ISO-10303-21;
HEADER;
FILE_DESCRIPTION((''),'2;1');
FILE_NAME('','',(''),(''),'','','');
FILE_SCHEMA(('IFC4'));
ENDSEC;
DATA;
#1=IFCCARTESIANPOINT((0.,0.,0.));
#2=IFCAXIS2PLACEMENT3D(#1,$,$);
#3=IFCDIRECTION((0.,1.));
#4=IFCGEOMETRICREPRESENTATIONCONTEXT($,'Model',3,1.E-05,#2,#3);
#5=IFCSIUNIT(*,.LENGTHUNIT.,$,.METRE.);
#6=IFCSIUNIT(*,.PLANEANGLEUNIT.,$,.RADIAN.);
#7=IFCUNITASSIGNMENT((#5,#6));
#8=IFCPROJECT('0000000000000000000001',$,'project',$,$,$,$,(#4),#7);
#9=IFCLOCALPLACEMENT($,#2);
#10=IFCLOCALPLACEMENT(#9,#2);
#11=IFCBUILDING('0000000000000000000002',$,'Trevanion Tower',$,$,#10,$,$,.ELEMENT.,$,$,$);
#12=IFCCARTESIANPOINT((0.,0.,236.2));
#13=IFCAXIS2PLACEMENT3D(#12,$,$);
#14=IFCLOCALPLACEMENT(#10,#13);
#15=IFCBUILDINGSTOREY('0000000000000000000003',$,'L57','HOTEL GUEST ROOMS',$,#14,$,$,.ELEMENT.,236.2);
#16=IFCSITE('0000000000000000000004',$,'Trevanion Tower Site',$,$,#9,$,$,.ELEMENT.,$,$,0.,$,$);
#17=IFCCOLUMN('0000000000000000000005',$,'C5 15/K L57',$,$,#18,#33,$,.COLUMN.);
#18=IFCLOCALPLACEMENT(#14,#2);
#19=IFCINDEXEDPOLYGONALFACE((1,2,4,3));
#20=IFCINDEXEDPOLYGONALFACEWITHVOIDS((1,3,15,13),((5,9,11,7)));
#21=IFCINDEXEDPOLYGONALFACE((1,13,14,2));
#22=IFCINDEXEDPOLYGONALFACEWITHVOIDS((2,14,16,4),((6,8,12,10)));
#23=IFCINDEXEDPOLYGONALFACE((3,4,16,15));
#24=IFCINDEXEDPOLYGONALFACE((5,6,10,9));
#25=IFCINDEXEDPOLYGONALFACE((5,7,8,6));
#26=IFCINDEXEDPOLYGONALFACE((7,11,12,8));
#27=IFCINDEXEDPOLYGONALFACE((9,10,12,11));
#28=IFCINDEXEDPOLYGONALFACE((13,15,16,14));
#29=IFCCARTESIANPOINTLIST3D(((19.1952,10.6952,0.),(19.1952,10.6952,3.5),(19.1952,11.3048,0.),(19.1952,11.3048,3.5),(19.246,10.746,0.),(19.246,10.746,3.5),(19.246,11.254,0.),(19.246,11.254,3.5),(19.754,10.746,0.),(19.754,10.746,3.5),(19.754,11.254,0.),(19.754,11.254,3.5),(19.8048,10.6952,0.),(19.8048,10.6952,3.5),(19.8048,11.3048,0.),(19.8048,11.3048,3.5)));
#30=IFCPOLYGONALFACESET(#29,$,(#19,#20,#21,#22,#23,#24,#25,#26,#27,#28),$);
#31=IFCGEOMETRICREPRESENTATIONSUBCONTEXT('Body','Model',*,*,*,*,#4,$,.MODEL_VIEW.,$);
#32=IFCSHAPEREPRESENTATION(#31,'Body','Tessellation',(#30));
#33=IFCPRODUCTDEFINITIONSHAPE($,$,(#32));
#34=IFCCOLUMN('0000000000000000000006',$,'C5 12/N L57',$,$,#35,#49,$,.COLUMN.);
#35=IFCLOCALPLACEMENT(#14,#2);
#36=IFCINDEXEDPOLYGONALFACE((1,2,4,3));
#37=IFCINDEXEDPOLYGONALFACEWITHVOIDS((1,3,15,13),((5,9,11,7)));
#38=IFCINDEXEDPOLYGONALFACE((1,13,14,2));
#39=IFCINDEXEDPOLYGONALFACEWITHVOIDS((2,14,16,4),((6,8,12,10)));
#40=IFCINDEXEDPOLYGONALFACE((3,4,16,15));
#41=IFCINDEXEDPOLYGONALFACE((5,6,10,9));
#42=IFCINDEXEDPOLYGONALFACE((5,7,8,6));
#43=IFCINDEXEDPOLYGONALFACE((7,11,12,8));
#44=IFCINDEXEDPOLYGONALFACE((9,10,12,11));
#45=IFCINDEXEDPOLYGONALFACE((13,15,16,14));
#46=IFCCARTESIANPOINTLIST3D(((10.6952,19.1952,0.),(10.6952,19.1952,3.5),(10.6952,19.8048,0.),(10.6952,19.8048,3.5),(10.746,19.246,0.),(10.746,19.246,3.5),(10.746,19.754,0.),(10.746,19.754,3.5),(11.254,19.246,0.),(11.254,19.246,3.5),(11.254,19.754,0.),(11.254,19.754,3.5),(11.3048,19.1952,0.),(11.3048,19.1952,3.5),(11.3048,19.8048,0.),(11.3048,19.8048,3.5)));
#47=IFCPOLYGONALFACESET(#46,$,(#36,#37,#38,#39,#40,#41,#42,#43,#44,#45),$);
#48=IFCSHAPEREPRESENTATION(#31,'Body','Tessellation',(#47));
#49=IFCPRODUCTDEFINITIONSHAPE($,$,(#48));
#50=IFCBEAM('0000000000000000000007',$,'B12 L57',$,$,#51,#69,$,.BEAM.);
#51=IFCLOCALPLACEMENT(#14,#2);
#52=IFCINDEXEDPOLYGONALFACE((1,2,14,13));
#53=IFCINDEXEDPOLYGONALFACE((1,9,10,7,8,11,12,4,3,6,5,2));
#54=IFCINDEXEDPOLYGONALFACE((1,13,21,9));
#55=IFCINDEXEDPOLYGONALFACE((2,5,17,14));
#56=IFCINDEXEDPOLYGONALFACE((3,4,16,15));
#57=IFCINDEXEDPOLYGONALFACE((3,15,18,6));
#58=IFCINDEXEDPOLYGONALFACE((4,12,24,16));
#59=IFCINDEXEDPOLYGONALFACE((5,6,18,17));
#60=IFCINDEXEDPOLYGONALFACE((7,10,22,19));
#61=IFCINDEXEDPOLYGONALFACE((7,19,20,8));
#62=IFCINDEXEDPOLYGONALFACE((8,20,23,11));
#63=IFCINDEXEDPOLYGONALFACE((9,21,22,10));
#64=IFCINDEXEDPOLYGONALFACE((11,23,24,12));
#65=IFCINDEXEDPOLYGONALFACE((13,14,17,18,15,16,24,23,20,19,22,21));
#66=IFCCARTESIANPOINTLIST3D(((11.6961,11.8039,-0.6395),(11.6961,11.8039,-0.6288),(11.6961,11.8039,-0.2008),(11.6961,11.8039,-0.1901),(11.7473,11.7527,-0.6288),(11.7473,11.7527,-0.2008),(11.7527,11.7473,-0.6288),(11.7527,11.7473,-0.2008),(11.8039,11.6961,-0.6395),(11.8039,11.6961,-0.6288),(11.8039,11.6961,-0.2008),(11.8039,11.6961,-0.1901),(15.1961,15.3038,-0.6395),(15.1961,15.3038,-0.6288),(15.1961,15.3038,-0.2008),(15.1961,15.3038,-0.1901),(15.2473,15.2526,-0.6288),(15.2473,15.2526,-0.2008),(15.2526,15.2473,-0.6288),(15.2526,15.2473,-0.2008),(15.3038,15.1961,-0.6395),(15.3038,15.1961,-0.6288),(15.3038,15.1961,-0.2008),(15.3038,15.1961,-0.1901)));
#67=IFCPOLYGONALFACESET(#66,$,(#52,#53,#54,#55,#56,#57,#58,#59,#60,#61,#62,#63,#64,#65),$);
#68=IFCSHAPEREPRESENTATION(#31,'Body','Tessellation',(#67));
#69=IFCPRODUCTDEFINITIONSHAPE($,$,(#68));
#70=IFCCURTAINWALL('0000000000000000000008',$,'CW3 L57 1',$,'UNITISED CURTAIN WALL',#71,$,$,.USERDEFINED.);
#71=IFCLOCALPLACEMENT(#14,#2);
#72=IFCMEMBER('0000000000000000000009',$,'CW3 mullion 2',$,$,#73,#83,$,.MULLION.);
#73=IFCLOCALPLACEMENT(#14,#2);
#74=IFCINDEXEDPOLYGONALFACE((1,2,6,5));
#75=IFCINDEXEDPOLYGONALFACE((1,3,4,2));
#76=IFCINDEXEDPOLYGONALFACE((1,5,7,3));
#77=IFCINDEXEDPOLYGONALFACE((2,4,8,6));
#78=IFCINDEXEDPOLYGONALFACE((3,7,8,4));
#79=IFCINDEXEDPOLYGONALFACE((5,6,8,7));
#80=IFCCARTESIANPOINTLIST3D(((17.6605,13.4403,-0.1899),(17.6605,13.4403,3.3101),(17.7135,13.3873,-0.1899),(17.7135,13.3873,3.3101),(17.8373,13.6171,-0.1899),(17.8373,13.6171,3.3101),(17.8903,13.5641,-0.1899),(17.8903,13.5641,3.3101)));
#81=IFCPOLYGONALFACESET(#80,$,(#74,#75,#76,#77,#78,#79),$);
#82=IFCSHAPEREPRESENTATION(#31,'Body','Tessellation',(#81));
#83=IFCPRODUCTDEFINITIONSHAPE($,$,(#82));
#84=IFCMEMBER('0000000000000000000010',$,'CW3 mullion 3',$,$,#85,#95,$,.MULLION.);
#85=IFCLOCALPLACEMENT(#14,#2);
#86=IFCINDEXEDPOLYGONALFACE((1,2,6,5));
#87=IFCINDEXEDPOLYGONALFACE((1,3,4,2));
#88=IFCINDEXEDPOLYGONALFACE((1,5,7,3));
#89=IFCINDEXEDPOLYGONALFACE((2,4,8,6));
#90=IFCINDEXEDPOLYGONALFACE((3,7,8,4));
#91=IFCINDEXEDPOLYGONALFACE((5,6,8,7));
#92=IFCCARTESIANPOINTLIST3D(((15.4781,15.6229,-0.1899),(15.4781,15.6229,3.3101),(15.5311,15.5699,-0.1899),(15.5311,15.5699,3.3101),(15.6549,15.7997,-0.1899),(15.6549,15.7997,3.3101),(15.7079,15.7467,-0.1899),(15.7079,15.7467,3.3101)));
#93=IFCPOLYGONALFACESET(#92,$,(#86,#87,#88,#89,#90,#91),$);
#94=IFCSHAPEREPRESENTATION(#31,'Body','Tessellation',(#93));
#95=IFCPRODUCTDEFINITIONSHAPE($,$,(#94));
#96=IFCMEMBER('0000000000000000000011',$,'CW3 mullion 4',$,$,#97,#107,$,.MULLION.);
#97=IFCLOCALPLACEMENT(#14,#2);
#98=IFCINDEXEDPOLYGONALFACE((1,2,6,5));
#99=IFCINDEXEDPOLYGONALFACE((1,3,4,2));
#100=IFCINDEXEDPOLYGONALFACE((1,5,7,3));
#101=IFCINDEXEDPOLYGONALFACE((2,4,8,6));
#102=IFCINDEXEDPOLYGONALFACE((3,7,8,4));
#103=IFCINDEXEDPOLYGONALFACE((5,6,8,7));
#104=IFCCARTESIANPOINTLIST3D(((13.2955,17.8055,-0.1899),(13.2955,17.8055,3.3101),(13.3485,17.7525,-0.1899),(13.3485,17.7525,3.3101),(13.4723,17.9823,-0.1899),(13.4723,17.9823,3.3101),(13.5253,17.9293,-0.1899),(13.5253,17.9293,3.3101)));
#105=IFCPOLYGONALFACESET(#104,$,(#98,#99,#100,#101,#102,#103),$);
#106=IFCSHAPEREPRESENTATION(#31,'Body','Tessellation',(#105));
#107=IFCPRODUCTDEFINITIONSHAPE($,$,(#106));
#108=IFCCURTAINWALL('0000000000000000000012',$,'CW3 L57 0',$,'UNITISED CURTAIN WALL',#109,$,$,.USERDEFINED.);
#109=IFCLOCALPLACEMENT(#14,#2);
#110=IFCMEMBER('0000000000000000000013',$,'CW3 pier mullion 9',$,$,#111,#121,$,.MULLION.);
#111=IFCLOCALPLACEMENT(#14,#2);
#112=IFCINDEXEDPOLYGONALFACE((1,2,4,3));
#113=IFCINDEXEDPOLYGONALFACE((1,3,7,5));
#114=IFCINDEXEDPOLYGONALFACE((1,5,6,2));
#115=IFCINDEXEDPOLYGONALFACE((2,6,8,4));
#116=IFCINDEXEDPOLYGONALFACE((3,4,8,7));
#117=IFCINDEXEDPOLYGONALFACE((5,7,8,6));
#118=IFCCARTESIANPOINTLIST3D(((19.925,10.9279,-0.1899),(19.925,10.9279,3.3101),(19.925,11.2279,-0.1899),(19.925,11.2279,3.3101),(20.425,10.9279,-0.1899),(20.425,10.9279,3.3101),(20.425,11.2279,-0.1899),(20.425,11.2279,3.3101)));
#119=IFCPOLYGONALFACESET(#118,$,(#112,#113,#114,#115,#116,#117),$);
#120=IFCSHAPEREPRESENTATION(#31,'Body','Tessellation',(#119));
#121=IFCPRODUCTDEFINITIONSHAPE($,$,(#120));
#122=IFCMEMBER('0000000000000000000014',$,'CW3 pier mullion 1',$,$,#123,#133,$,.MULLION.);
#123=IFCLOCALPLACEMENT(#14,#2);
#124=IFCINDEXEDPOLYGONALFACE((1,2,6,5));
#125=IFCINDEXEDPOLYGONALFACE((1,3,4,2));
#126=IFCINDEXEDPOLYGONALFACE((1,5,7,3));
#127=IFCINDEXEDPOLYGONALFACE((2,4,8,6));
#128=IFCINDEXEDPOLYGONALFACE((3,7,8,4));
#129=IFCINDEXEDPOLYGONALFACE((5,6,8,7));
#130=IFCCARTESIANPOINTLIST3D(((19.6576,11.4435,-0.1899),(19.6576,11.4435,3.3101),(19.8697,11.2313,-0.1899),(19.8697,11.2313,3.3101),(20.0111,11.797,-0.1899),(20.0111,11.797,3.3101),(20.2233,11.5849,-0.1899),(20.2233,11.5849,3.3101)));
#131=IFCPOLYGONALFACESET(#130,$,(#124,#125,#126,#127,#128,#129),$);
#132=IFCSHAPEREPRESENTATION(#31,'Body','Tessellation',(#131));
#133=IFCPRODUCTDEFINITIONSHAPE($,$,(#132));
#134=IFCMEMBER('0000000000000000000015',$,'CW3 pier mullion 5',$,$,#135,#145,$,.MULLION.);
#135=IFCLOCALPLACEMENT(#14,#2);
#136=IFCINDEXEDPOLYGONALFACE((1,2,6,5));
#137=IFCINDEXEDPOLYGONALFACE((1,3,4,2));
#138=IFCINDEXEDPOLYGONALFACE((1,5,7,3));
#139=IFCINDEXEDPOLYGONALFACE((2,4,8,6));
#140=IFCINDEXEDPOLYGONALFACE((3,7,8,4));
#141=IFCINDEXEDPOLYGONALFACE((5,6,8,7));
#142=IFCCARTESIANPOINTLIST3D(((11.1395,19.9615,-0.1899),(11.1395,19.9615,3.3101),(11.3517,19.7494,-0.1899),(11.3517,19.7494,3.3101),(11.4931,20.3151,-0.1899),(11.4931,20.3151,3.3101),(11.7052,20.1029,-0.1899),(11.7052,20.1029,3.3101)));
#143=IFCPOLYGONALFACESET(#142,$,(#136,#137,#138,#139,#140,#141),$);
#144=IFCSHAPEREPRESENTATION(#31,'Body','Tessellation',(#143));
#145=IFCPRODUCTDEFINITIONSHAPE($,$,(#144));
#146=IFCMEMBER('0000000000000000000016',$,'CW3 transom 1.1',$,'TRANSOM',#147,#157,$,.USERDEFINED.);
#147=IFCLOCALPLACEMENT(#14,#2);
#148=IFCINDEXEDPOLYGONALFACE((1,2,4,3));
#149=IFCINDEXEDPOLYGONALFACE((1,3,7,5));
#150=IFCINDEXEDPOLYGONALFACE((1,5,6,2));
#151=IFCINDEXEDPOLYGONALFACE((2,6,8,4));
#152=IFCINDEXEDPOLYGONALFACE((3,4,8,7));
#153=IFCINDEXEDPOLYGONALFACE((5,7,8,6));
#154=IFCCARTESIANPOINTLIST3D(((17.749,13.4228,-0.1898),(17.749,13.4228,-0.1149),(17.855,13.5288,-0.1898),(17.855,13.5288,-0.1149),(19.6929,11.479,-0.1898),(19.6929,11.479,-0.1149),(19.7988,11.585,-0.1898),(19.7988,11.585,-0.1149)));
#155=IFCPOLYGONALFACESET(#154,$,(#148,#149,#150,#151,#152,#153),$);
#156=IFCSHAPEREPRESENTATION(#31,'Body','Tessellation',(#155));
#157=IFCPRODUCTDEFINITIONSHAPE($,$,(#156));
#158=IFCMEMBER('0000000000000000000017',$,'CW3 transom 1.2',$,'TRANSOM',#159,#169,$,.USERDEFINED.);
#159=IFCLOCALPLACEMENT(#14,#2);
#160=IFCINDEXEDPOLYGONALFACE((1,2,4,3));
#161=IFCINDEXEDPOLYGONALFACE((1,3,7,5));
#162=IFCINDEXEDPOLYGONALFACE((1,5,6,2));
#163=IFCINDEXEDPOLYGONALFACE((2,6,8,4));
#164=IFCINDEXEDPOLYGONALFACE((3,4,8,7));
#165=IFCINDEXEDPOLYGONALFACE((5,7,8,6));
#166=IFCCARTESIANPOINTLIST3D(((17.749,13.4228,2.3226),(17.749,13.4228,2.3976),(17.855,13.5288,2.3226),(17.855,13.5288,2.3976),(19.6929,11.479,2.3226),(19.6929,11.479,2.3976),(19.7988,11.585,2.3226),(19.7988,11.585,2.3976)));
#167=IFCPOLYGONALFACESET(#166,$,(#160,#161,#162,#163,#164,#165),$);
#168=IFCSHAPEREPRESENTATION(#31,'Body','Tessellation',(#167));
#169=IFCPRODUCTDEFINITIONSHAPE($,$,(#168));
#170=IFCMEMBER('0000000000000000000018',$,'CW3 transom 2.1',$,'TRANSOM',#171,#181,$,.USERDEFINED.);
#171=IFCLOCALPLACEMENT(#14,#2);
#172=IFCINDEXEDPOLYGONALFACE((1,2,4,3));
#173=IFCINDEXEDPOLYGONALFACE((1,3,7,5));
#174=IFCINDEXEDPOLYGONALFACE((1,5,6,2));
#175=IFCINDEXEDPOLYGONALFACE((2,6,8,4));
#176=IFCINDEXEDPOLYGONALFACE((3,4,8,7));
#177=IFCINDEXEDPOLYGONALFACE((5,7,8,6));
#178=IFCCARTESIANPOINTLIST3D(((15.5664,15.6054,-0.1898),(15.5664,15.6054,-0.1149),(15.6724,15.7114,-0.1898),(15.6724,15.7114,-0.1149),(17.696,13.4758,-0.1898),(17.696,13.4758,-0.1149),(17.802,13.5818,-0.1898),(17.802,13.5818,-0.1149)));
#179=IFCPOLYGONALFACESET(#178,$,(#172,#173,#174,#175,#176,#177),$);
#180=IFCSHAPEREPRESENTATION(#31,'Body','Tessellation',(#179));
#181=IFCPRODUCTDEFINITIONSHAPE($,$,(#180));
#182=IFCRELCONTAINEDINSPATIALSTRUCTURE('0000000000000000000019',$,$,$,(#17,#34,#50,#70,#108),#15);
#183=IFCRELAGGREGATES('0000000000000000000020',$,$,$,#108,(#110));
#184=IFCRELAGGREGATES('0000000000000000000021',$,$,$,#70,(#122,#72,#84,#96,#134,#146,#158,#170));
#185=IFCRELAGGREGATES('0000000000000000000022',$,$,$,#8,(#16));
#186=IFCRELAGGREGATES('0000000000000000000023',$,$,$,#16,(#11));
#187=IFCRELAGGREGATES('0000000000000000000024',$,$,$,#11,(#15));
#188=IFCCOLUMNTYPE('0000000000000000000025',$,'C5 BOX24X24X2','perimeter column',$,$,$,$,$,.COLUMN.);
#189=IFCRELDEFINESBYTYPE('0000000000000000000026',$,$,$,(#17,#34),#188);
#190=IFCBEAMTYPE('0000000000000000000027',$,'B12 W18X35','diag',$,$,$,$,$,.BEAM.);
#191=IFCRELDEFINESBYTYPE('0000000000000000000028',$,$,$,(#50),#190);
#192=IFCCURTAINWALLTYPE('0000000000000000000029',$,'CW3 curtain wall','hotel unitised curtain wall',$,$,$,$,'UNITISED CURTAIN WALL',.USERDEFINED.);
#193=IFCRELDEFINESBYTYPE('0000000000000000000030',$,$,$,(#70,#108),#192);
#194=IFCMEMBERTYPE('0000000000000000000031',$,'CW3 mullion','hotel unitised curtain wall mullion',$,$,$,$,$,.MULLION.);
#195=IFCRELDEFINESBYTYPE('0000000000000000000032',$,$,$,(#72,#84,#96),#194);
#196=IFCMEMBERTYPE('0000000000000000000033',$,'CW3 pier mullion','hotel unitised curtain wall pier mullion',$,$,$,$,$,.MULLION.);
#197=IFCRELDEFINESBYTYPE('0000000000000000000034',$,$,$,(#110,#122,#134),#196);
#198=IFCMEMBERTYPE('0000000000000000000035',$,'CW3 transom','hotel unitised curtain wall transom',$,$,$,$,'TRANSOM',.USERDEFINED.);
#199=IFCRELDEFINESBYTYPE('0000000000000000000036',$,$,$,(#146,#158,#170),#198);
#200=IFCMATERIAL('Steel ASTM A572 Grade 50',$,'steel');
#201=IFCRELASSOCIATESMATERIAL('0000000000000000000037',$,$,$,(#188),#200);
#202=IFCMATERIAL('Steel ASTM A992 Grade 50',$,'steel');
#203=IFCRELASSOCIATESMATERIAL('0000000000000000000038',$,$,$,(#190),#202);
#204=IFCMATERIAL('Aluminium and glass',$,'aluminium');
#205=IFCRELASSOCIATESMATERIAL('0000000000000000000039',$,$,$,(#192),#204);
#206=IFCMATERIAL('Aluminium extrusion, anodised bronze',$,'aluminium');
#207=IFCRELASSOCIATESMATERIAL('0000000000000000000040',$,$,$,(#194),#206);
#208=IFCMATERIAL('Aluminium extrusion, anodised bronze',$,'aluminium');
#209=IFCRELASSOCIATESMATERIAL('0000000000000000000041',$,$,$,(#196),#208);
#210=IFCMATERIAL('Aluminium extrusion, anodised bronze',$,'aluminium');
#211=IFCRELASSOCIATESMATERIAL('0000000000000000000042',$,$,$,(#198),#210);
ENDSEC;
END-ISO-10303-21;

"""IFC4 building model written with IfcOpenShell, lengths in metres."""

from ifc_helpers import new_model, si_unit, direction, frame, origin, origin_2d, place, context, subcontext, project, spatial, rectangle, hollow_rectangle, i_section, extrude, material, material_profile, profile_set, type_object, element, aggregate, save


model = new_model("IFC4")

# Units and contexts
model_context = context("Model", 3, precision=1e-05, world=origin(), true_north=direction((0.0, 1.0)))
body_context = subcontext(model_context, "Body", "Model", "MODEL_VIEW")
ifc_project = project(units=[si_unit("LENGTHUNIT", "METRE"), si_unit("PLANEANGLEUNIT", "RADIAN")], contexts=[model_context])

# Site, building, storey
site_placement = place(None, origin())
site = spatial("IfcSite", under=ifc_project, at=site_placement, Name="Trevanion Tower Site", CompositionType="ELEMENT", RefElevation=0.0)
building_placement = place(site_placement, origin())
building = spatial("IfcBuilding", under=site, at=building_placement, Name="Trevanion Tower", CompositionType="ELEMENT")
storey_placement = place(building_placement, frame((0.0, 0.0, 236.2)))
storey = spatial("IfcBuildingStorey", under=building, at=storey_placement, Name="L57", Description="HOTEL GUEST ROOMS", CompositionType="ELEMENT", Elevation=236.2)

# Columns
ifc_material_1 = material(Name="Steel ASTM A572 Grade 50", Category="steel")
ifc_material_profile_1 = material_profile(ifc_material_1, hollow_rectangle(XDim=0.6096, YDim=0.6096, WallThickness=0.0508, at=origin_2d()), Name="BOX24X24X2")
ifc_profile_set_1 = profile_set([ifc_material_profile_1], Name="Steel ASTM A572 Grade 50")
column_type = type_object("IfcColumnType", Name="C5 BOX24X24X2", Description="perimeter column", PredefinedType="COLUMN", material=ifc_profile_set_1)
for number, where, z_axis, x_axis, name in (
    (1, (19.5, 11.0, 0.0), (0.0, 0.0, 1.0), (0.0, 1.0, 0.0), "C5 15/K L57"),
    (2, (11.0, 19.5, 0.0), (0.0, 0.0, 1.0), (1.0, 0.0, 0.0), "C5 12/N L57"),
):
    element("IfcColumn", number, at=place(storey_placement, frame(where, z_axis=z_axis, x_axis=x_axis)), inside=storey, type_object=column_type, Name=name, PredefinedType="COLUMN", context=body_context, shape_type="SweptSolid", body=[
        extrude(hollow_rectangle(XDim=0.6096, YDim=0.6096, WallThickness=0.0508, at=origin_2d()), origin(), (0.0, 0.0, 1.0), 3.5),
    ])

# Beam
ifc_material_2 = material(Name="Steel ASTM A992 Grade 50", Category="steel")
ifc_material_profile_2 = material_profile(ifc_material_2, i_section(OverallWidth=0.1523, OverallDepth=0.4495, WebThickness=0.0076, FlangeThickness=0.0107, at=origin_2d()), Name="W18X35")
ifc_profile_set_2 = profile_set([ifc_material_profile_2], Name="Steel ASTM A992 Grade 50")
beam_type_1 = type_object("IfcBeamType", Name="B12 W18X35", Description="diag", PredefinedType="BEAM", material=ifc_profile_set_2)
beam_1_placement = place(storey_placement, frame((11.75, 11.75, -0.4148), z_axis=(0.707107, 0.707107, 0.0), x_axis=(-0.707107, 0.707107, 0.0)))
element("IfcBeam", 3, at=beam_1_placement, inside=storey, type_object=beam_type_1, Name="B12 L57", PredefinedType="BEAM", context=body_context, shape_type="SweptSolid", body=[
    extrude(i_section(OverallWidth=0.1523, OverallDepth=0.4495, WebThickness=0.0076, FlangeThickness=0.0107, at=origin_2d()), origin(), (0.0, 0.0, 1.0), 4.9497),
])

# Curtain wall, members
ifc_material_3 = material(Name="Aluminium and glass", Category="aluminium")
curtain_wall_type = type_object("IfcCurtainWallType", Name="CW3 curtain wall", Description="hotel unitised curtain wall", ElementType="UNITISED CURTAIN WALL", PredefinedType="USERDEFINED", material=ifc_material_3)
curtain_wall_1_placement = place(storey_placement, origin())
curtain_wall_1 = element("IfcCurtainWall", 4, at=curtain_wall_1_placement, inside=storey, type_object=curtain_wall_type, Name="CW3 L57 1", ObjectType="UNITISED CURTAIN WALL", PredefinedType="USERDEFINED")
ifc_material_4 = material(Name="Aluminium extrusion, anodised bronze", Category="aluminium")
ifc_material_profile_3 = material_profile(ifc_material_4, rectangle(XDim=0.075, YDim=0.25, at=origin_2d()), Name="CW3 mullion")
ifc_profile_set_3 = profile_set([ifc_material_profile_3], Name="Aluminium extrusion, anodised bronze")
member_type_1 = type_object("IfcMemberType", Name="CW3 mullion", Description="hotel unitised curtain wall mullion", PredefinedType="MULLION", material=ifc_profile_set_3)
member_1_placement = place(storey_placement, frame((17.7754, 13.5022, -0.1899), z_axis=(0.0, 0.0, 1.0), x_axis=(-0.707107, 0.707107, 0.0)))
member_1 = element("IfcMember", 5, at=member_1_placement, type_object=member_type_1, Name="CW3 mullion 2", PredefinedType="MULLION", context=body_context, shape_type="SweptSolid", body=[
    extrude(rectangle(XDim=0.075, YDim=0.25, at=origin_2d()), origin(), (0.0, 0.0, 1.0), 3.5),
])
member_2_placement = place(storey_placement, frame((15.593, 15.6848, -0.1899), z_axis=(0.0, 0.0, 1.0), x_axis=(-0.707107, 0.707107, 0.0)))
member_2 = element("IfcMember", 6, at=member_2_placement, type_object=member_type_1, Name="CW3 mullion 3", PredefinedType="MULLION", context=body_context, shape_type="SweptSolid", body=[
    extrude(rectangle(XDim=0.075, YDim=0.25, at=origin_2d()), origin(), (0.0, 0.0, 1.0), 3.5),
])
member_3_placement = place(storey_placement, frame((13.4104, 17.8674, -0.1899), z_axis=(0.0, 0.0, 1.0), x_axis=(-0.707107, 0.707107, 0.0)))
member_3 = element("IfcMember", 7, at=member_3_placement, type_object=member_type_1, Name="CW3 mullion 4", PredefinedType="MULLION", context=body_context, shape_type="SweptSolid", body=[
    extrude(rectangle(XDim=0.075, YDim=0.25, at=origin_2d()), origin(), (0.0, 0.0, 1.0), 3.5),
])

# Curtain wall, member
curtain_wall_2_placement = place(storey_placement, origin())
curtain_wall_2 = element("IfcCurtainWall", 8, at=curtain_wall_2_placement, inside=storey, type_object=curtain_wall_type, Name="CW3 L57 0", ObjectType="UNITISED CURTAIN WALL", PredefinedType="USERDEFINED")
ifc_material_5 = material(Name="Aluminium extrusion, anodised bronze", Category="aluminium")
ifc_material_profile_4 = material_profile(ifc_material_5, rectangle(XDim=0.3, YDim=0.5, at=origin_2d()), Name="CW3 pier mullion")
ifc_profile_set_4 = profile_set([ifc_material_profile_4], Name="Aluminium extrusion, anodised bronze")
member_type_2 = type_object("IfcMemberType", Name="CW3 pier mullion", Description="hotel unitised curtain wall pier mullion", PredefinedType="MULLION", material=ifc_profile_set_4)
member_4_placement = place(storey_placement, frame((20.175, 11.0779, -0.1899), z_axis=(0.0, 0.0, 1.0), x_axis=(0.0, 1.0, 0.0)))
member_4 = element("IfcMember", 9, at=member_4_placement, type_object=member_type_2, Name="CW3 pier mullion 9", PredefinedType="MULLION", context=body_context, shape_type="SweptSolid", body=[
    extrude(rectangle(XDim=0.3, YDim=0.5, at=origin_2d()), origin(), (0.0, 0.0, 1.0), 3.5),
])
aggregate(curtain_wall_2, [member_4])

# Members
member_5_placement = place(storey_placement, frame((19.9404, 11.5142, -0.1899), z_axis=(0.0, 0.0, 1.0), x_axis=(-0.707107, 0.707107, 0.0)))
member_5 = element("IfcMember", 10, at=member_5_placement, type_object=member_type_2, Name="CW3 pier mullion 1", PredefinedType="MULLION", context=body_context, shape_type="SweptSolid", body=[
    extrude(rectangle(XDim=0.3, YDim=0.5, at=origin_2d()), origin(), (0.0, 0.0, 1.0), 3.5),
])
member_6_placement = place(storey_placement, frame((11.4224, 20.0322, -0.1899), z_axis=(0.0, 0.0, 1.0), x_axis=(-0.707107, 0.707107, 0.0)))
member_6 = element("IfcMember", 11, at=member_6_placement, type_object=member_type_2, Name="CW3 pier mullion 5", PredefinedType="MULLION", context=body_context, shape_type="SweptSolid", body=[
    extrude(rectangle(XDim=0.3, YDim=0.5, at=origin_2d()), origin(), (0.0, 0.0, 1.0), 3.5),
])
ifc_material_6 = material(Name="Aluminium extrusion, anodised bronze", Category="aluminium")
ifc_material_profile_5 = material_profile(ifc_material_6, rectangle(XDim=0.1499, YDim=0.075, at=origin_2d()), Name="CW3 transom")
ifc_profile_set_5 = profile_set([ifc_material_profile_5], Name="Aluminium extrusion, anodised bronze")
member_type_3 = type_object("IfcMemberType", Name="CW3 transom", Description="hotel unitised curtain wall transom", ElementType="TRANSOM", PredefinedType="USERDEFINED", material=ifc_profile_set_5)
member_7_placement = place(storey_placement, frame((19.7458, 11.532, -0.1523), z_axis=(-0.707107, 0.707107, 0.0), x_axis=(-0.707107, -0.707107, 0.0)))
member_7 = element("IfcMember", 12, at=member_7_placement, type_object=member_type_3, Name="CW3 transom 1.1", ObjectType="TRANSOM", PredefinedType="USERDEFINED", context=body_context, shape_type="SweptSolid", body=[
    extrude(rectangle(XDim=0.1499, YDim=0.075, at=origin_2d()), origin(), (0.0, 0.0, 1.0), 2.749),
])
member_8_placement = place(storey_placement, frame((19.7458, 11.532, 2.3601), z_axis=(-0.707107, 0.707107, 0.0), x_axis=(-0.707107, -0.707107, 0.0)))
member_8 = element("IfcMember", 13, at=member_8_placement, type_object=member_type_3, Name="CW3 transom 1.2", ObjectType="TRANSOM", PredefinedType="USERDEFINED", context=body_context, shape_type="SweptSolid", body=[
    extrude(rectangle(XDim=0.1499, YDim=0.075, at=origin_2d()), origin(), (0.0, 0.0, 1.0), 2.749),
])
member_9_placement = place(storey_placement, frame((17.749, 13.5288, -0.1523), z_axis=(-0.707107, 0.707107, 0.0), x_axis=(-0.707107, -0.707107, 0.0)))
member_9 = element("IfcMember", 14, at=member_9_placement, type_object=member_type_3, Name="CW3 transom 2.1", ObjectType="TRANSOM", PredefinedType="USERDEFINED", context=body_context, shape_type="SweptSolid", body=[
    extrude(rectangle(XDim=0.1499, YDim=0.075, at=origin_2d()), origin(), (0.0, 0.0, 1.0), 3.0117),
])

aggregate(curtain_wall_1, [member_5, member_1, member_2, member_3, member_6, member_7, member_8, member_9])

save(model, "model.ifc")
